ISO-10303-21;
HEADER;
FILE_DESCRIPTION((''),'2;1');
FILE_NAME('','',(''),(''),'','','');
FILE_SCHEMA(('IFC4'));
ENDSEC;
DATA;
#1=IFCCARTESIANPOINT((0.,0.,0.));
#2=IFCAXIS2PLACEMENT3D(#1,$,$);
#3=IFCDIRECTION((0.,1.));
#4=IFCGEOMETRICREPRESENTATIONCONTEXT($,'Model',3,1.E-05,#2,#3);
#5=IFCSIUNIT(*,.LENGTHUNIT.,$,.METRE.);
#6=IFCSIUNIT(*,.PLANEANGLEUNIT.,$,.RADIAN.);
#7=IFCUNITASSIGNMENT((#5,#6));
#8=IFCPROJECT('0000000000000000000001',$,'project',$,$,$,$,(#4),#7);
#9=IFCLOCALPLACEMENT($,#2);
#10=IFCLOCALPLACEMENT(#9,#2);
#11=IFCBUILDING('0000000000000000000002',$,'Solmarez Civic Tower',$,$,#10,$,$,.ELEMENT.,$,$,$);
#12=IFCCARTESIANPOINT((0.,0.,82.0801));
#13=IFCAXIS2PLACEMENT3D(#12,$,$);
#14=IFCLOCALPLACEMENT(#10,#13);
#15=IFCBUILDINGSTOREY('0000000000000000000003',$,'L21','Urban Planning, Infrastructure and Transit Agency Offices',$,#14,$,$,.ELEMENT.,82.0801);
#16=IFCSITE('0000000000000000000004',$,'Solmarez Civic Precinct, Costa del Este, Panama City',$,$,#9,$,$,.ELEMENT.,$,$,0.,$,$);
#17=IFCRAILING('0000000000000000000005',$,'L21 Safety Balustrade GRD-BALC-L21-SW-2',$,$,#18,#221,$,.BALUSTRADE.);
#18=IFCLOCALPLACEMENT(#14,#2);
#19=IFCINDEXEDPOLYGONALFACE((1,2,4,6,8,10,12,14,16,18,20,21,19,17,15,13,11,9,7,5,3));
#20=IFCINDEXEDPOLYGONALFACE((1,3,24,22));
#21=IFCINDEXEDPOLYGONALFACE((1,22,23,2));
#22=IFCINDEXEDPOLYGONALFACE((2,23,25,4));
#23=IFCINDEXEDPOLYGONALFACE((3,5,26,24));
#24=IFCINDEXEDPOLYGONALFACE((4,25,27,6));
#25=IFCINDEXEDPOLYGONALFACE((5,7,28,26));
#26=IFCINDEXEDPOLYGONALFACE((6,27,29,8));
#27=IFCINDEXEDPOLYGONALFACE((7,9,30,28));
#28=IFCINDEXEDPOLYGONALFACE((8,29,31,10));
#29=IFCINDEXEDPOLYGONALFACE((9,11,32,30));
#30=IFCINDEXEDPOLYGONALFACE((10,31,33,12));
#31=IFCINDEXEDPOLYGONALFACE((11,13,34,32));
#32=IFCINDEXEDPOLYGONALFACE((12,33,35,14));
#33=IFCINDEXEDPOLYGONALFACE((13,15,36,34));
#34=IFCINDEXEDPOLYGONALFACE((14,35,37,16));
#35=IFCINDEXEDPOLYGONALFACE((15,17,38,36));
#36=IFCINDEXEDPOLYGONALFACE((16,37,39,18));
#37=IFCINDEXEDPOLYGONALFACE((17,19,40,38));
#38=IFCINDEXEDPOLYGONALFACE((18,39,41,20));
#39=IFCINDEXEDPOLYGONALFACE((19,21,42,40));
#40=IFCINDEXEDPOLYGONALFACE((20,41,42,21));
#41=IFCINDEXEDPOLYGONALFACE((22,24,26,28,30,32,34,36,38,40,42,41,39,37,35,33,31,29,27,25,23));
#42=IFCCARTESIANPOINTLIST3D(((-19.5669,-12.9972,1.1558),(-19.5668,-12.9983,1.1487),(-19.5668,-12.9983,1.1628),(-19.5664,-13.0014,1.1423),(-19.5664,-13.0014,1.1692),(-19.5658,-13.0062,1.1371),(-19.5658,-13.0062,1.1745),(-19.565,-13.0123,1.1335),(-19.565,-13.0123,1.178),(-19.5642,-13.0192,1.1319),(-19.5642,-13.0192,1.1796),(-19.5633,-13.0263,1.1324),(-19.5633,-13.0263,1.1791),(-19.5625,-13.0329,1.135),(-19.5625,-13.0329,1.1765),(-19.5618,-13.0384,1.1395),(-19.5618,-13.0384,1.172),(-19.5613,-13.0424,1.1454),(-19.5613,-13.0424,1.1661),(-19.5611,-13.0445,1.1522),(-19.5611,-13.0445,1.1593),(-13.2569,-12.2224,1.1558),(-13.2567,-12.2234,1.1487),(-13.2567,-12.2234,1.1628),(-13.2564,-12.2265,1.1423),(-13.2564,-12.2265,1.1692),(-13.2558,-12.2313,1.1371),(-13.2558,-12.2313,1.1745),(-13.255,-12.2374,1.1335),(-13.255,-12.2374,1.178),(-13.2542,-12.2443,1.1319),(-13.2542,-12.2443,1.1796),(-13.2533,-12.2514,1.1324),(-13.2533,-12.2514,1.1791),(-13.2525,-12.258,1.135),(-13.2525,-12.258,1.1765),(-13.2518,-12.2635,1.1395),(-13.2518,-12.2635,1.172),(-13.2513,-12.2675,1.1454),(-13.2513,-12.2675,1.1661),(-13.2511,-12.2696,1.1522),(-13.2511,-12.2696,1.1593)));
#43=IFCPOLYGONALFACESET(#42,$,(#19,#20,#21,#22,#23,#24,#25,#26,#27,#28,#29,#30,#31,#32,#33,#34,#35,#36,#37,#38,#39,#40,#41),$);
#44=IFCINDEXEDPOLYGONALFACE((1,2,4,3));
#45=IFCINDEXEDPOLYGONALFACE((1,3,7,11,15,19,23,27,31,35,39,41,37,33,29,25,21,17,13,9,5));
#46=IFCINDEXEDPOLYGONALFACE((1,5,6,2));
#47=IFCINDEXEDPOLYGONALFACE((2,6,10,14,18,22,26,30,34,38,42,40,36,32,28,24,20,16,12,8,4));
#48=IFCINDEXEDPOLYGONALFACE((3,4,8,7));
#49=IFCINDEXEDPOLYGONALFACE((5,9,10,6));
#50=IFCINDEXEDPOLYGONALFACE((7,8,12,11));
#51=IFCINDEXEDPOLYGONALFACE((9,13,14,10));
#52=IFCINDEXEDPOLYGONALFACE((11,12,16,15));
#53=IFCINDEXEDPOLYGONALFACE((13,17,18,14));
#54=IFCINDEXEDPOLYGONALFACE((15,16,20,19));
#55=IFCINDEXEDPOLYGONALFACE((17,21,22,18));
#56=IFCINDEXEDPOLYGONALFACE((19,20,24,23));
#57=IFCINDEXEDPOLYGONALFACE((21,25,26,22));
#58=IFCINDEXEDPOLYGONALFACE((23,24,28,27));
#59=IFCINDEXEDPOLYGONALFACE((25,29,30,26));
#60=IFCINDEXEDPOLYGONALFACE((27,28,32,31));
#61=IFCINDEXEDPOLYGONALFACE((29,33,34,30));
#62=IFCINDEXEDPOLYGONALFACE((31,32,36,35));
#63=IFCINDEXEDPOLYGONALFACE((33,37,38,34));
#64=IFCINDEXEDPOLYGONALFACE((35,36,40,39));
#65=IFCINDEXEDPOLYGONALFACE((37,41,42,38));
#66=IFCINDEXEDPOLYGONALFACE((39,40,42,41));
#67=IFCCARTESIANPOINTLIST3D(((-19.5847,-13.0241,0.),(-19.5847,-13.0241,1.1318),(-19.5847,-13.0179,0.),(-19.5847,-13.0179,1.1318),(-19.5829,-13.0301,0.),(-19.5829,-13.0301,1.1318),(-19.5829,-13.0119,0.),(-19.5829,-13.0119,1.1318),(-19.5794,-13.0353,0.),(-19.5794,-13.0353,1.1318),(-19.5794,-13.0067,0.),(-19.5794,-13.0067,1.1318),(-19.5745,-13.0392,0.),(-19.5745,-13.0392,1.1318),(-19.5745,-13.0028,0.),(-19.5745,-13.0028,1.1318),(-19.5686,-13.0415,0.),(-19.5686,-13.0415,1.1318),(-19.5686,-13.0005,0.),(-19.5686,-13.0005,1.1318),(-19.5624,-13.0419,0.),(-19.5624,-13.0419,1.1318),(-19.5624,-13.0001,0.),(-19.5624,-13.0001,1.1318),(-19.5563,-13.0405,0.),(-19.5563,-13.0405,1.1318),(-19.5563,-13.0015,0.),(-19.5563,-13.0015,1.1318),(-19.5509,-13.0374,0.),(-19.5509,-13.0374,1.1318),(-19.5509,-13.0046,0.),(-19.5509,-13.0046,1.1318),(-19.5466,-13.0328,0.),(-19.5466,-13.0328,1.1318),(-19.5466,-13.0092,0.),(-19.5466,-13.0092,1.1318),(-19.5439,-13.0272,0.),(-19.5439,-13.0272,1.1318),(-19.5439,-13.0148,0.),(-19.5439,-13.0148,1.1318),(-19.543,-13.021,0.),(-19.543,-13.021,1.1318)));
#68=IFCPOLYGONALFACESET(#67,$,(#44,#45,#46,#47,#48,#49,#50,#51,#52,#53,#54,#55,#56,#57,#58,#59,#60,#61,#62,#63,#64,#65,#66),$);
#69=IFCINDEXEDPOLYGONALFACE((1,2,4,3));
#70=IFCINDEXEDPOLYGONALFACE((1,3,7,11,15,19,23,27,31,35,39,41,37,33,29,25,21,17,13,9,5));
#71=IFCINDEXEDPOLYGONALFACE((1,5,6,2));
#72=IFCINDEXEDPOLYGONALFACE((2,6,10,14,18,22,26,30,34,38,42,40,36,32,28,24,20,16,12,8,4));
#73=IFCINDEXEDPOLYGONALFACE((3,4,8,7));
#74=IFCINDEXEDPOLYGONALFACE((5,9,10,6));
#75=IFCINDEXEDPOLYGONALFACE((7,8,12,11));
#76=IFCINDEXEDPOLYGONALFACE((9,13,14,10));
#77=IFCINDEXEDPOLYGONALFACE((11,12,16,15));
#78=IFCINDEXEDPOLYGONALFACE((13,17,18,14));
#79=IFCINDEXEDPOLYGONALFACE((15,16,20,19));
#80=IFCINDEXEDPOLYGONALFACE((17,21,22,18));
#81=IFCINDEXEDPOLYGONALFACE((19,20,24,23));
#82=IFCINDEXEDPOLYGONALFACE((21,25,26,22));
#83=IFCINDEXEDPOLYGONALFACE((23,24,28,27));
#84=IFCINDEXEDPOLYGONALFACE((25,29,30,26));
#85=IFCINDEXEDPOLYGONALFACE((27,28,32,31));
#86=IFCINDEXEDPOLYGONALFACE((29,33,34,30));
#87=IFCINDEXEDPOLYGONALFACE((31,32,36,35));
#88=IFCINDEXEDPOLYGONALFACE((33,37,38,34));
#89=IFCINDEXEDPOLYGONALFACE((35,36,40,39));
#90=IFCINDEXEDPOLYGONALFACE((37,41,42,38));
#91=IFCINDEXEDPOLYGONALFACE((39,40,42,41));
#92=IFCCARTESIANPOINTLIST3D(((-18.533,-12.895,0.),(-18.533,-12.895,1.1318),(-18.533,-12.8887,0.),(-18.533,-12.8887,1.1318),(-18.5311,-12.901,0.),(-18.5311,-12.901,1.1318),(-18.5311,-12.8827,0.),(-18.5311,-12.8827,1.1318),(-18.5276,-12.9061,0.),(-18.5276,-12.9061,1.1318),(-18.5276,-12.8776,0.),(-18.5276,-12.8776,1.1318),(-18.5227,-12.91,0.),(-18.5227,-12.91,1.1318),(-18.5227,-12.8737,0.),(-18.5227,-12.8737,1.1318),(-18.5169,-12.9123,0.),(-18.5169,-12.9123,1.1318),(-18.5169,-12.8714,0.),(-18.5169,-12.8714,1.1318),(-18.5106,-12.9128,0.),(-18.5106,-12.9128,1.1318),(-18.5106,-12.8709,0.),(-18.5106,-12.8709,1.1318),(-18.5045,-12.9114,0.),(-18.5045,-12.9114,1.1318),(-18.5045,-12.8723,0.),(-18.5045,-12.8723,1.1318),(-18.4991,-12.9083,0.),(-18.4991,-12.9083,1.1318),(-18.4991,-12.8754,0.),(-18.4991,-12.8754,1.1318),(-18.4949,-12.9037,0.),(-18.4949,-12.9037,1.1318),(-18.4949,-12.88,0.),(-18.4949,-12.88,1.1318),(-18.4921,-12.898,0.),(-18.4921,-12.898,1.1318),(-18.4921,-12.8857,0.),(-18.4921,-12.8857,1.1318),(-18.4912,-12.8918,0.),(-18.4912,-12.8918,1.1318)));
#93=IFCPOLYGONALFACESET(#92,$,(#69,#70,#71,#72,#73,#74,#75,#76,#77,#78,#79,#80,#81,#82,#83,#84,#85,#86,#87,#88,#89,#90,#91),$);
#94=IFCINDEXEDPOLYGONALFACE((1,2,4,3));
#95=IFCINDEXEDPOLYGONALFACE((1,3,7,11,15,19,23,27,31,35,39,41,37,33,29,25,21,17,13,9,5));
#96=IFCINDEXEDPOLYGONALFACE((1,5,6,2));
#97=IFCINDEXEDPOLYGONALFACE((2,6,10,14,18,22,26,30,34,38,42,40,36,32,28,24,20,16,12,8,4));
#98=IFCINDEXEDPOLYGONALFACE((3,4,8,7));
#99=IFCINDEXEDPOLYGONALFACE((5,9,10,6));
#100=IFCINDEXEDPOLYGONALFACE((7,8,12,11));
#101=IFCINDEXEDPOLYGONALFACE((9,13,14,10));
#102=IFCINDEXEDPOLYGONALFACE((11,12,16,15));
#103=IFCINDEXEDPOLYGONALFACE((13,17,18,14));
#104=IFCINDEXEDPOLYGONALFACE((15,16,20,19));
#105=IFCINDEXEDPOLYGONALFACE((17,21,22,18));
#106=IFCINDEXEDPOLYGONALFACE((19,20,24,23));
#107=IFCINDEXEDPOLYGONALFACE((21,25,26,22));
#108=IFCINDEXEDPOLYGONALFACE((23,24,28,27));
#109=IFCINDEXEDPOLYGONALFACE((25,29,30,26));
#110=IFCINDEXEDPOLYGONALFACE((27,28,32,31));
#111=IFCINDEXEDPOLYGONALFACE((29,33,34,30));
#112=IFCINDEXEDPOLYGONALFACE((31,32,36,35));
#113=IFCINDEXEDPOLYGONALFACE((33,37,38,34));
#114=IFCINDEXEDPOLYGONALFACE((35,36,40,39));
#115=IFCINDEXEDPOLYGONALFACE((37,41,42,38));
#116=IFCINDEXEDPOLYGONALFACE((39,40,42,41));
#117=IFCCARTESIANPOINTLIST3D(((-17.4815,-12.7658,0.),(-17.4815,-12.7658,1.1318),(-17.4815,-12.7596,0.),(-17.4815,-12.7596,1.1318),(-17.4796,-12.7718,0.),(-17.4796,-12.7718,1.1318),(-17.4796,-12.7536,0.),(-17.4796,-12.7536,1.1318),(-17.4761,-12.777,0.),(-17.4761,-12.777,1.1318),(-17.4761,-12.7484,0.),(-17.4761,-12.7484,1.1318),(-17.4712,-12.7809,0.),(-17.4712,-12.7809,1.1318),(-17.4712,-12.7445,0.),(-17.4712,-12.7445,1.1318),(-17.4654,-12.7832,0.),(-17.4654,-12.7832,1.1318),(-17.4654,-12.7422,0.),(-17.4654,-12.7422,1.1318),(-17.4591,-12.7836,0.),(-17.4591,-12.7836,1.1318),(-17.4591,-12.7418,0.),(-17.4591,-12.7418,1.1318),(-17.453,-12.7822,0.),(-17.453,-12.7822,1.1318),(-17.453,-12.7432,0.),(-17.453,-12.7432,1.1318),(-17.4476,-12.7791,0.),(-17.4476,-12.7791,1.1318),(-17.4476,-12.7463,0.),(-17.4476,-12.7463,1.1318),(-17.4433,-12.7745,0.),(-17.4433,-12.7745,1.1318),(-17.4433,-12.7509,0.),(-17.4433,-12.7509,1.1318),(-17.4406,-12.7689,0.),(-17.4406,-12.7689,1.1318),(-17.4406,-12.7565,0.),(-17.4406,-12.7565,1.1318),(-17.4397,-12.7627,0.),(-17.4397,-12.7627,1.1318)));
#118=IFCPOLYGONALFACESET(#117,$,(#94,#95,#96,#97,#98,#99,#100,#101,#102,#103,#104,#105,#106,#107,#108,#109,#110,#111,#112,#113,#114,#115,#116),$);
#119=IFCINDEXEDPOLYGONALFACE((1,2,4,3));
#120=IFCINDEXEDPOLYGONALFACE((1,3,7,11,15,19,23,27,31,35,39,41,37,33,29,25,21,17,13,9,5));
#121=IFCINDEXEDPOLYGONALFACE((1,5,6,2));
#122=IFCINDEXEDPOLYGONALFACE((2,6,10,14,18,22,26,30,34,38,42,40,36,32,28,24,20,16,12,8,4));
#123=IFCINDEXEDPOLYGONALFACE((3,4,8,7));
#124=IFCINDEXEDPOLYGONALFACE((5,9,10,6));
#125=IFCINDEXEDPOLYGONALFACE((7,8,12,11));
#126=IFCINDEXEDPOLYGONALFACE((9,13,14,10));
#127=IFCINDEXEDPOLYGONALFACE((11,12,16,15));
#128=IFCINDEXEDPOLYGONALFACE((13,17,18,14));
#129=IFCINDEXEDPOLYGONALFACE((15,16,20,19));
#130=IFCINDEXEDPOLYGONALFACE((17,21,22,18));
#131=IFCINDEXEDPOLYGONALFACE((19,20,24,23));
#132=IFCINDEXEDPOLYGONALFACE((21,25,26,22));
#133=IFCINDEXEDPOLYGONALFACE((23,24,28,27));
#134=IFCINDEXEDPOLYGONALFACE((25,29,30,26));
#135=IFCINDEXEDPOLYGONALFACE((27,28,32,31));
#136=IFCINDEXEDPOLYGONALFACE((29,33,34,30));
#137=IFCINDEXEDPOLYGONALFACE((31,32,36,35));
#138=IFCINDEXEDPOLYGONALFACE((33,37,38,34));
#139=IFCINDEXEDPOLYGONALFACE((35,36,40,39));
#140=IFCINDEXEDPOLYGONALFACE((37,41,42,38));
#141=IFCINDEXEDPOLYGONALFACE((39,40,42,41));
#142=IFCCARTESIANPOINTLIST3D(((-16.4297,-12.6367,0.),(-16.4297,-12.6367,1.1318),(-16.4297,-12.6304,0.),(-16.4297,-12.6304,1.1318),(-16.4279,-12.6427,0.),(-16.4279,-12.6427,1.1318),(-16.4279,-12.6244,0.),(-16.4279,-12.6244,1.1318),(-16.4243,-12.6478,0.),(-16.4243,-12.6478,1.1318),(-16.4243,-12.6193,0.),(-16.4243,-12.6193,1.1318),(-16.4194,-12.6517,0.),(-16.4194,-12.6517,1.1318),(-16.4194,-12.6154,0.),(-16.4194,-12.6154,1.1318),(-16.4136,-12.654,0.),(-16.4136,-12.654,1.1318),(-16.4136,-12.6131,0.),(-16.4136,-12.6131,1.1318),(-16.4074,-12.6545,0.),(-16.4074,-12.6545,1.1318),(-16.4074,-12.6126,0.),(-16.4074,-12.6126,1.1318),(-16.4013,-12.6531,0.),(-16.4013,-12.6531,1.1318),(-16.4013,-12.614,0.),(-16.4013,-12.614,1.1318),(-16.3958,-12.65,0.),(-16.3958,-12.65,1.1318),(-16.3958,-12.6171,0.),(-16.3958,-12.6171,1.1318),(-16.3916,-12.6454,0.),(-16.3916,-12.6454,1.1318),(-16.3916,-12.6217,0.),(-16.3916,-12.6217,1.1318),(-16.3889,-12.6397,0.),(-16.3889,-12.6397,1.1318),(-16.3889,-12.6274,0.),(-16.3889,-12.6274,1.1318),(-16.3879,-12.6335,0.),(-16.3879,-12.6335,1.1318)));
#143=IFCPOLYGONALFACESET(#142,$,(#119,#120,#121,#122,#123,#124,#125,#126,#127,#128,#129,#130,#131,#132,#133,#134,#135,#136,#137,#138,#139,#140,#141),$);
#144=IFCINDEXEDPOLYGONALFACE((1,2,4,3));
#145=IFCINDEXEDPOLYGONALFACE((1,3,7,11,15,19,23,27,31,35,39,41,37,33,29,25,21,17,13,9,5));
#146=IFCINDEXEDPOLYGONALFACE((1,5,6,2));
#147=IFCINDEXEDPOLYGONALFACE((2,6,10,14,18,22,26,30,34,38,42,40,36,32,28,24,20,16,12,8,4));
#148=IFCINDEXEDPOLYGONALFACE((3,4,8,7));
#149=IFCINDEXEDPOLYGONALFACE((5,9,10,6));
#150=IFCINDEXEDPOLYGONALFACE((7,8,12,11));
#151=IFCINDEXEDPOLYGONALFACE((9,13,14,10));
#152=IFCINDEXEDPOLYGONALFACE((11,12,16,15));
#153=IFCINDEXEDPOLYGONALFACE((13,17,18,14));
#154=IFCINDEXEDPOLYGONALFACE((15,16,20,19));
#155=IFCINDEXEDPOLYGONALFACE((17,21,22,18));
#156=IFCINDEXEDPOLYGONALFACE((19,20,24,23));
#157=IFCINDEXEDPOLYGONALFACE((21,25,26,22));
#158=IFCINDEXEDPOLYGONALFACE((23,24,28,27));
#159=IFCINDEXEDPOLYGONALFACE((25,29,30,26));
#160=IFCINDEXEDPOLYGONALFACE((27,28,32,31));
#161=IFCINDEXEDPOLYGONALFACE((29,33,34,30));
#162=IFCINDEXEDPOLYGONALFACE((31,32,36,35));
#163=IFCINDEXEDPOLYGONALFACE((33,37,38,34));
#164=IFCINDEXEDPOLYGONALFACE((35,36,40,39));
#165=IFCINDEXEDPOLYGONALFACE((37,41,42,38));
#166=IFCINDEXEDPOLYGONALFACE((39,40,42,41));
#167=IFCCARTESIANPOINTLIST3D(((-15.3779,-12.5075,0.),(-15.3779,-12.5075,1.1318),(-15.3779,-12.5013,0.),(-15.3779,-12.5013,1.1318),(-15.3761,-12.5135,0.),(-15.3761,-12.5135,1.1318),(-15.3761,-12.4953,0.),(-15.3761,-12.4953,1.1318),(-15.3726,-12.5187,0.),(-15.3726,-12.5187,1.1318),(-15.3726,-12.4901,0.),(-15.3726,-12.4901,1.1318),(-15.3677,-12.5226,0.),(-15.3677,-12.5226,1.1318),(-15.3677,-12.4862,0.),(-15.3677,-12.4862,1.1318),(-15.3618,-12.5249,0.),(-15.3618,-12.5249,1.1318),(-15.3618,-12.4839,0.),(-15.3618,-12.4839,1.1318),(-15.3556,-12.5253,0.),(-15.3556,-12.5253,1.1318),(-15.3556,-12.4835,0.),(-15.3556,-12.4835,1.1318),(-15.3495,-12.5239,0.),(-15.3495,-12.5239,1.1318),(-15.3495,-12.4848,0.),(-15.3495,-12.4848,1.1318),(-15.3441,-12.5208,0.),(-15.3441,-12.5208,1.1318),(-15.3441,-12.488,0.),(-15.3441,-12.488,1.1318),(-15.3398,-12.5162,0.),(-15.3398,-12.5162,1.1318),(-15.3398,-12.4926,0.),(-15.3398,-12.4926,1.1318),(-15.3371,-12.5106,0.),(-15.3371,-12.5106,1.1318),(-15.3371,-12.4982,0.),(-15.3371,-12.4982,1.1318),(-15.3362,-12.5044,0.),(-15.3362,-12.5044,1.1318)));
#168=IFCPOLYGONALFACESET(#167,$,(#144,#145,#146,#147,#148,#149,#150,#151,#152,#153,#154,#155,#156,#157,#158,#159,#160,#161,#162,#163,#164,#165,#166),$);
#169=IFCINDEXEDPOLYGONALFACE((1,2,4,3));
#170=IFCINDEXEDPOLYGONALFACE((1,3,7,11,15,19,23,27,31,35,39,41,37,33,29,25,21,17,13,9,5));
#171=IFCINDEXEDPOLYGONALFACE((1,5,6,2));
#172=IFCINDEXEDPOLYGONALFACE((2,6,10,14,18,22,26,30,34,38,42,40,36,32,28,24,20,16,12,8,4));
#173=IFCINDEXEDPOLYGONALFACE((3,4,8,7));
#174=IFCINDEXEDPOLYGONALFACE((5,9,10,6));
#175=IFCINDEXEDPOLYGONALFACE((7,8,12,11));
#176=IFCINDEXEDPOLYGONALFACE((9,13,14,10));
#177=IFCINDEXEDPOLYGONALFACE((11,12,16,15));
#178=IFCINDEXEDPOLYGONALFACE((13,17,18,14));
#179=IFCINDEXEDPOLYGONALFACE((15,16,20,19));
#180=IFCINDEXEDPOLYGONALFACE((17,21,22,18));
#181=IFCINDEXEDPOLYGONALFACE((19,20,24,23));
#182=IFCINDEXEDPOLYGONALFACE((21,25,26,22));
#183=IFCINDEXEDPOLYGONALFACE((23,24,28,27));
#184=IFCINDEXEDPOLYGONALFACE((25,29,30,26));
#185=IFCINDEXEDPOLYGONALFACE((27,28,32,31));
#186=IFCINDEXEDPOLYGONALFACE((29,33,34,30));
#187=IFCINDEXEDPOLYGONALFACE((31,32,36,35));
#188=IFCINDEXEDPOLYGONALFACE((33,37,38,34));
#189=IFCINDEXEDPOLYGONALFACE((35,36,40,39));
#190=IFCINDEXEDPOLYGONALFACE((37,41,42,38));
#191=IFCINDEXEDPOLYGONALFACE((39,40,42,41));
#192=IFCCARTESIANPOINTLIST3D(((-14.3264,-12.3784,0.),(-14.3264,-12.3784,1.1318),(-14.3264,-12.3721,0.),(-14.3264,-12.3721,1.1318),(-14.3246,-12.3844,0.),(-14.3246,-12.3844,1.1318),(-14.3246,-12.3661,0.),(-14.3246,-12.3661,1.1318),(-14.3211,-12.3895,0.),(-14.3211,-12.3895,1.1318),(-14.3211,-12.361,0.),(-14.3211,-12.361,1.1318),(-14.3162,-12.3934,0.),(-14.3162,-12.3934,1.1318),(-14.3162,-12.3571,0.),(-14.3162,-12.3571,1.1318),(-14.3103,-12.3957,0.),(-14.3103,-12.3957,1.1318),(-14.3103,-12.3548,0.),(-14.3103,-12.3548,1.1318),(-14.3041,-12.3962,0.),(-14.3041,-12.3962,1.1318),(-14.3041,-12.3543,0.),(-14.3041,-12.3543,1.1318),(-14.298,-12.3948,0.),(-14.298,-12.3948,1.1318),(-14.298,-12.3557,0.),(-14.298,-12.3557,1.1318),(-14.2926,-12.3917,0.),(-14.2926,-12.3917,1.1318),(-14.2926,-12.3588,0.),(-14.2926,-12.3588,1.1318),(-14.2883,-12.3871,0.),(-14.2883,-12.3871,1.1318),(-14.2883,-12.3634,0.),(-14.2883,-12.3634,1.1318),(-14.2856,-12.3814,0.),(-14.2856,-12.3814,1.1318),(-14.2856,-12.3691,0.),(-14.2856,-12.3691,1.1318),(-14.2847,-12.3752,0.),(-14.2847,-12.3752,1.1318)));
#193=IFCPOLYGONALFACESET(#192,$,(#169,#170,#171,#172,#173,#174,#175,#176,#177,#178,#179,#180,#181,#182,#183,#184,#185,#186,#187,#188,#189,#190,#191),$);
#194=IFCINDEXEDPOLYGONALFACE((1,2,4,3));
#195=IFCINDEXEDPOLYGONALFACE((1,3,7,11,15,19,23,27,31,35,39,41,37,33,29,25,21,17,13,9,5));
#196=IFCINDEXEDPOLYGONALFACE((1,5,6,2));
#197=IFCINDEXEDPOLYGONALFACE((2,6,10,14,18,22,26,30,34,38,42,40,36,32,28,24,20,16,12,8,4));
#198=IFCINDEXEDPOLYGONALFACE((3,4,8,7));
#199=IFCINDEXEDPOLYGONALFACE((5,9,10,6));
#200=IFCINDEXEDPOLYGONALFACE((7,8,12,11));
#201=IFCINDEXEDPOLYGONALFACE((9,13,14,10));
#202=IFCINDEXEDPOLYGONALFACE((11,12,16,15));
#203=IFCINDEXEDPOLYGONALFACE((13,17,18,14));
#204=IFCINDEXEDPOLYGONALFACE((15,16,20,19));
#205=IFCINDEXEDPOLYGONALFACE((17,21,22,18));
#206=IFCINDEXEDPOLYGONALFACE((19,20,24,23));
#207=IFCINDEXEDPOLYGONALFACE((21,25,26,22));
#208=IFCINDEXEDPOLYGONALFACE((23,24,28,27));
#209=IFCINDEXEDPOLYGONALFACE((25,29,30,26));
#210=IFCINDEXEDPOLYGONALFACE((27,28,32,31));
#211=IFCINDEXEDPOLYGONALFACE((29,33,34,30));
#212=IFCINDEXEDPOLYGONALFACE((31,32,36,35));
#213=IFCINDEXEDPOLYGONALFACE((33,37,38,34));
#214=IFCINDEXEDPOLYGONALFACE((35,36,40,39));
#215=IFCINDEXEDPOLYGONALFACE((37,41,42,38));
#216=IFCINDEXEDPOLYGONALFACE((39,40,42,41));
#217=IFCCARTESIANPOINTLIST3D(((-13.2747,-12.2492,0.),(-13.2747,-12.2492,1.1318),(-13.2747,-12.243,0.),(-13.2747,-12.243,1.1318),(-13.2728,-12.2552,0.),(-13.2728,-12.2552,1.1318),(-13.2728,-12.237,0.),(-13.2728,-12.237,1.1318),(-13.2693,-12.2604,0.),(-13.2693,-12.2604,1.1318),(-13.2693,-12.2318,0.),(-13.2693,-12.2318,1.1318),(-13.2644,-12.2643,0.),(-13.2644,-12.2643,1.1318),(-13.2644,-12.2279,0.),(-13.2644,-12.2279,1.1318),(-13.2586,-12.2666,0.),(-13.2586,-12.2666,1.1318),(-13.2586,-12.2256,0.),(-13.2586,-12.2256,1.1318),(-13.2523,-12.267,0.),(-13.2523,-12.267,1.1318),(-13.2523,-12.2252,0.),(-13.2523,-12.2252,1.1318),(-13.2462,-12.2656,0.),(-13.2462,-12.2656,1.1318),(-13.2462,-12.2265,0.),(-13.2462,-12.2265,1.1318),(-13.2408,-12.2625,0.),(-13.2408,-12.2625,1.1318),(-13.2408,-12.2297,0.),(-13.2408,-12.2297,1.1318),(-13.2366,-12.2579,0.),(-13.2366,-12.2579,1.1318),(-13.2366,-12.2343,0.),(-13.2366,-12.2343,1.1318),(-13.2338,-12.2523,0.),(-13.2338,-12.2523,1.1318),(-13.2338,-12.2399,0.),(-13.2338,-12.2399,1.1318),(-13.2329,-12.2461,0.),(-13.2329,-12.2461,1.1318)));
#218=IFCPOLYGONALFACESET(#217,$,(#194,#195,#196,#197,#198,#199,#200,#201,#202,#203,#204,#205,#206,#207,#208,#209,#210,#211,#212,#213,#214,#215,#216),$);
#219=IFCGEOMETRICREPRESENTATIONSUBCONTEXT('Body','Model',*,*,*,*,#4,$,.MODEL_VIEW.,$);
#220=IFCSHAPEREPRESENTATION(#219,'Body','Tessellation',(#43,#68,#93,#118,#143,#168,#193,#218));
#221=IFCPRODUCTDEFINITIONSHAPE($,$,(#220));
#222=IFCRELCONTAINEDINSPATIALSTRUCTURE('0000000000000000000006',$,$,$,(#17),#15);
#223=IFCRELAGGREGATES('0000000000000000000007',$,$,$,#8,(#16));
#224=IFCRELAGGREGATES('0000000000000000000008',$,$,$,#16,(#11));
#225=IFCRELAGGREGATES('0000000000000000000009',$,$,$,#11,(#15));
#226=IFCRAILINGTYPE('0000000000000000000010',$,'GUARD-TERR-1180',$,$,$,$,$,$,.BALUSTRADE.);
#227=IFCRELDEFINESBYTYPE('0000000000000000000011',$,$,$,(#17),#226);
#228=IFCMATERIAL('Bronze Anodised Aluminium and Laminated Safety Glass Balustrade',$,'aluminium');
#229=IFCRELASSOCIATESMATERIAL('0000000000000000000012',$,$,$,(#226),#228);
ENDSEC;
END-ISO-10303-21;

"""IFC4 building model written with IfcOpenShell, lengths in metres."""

from ifc_helpers import new_model, si_unit, direction, frame, origin, origin_2d, place, context, subcontext, project, spatial, circle, extrude, material, type_object, element, save


model = new_model("IFC4")

# Units and contexts
model_context = context("Model", 3, precision=1e-05, world=origin(), true_north=direction((0.0, 1.0)))
body_context = subcontext(model_context, "Body", "Model", "MODEL_VIEW")
ifc_project = project(units=[si_unit("LENGTHUNIT", "METRE"), si_unit("PLANEANGLEUNIT", "RADIAN")], contexts=[model_context])

# Site, building, storey
site_placement = place(None, origin())
site = spatial("IfcSite", under=ifc_project, at=site_placement, Name="Solmarez Civic Precinct, Costa del Este, Panama City", CompositionType="ELEMENT", RefElevation=0.0)
building_placement = place(site_placement, origin())
building = spatial("IfcBuilding", under=site, at=building_placement, Name="Solmarez Civic Tower", CompositionType="ELEMENT")
storey_placement = place(building_placement, frame((0.0, 0.0, 82.0801)))
storey = spatial("IfcBuildingStorey", under=building, at=storey_placement, Name="L21", Description="Urban Planning, Infrastructure and Transit Agency Offices", CompositionType="ELEMENT", Elevation=82.0801)

# Railing
ifc_material_1 = material(Name="Bronze Anodised Aluminium and Laminated Safety Glass Balustrade", Category="aluminium")
railing_type = type_object("IfcRailingType", Name="GUARD-TERR-1180", PredefinedType="BALUSTRADE", material=ifc_material_1)
railing_1_placement = place(storey_placement, frame((-19.564, -13.021, 0.0)))
element("IfcRailing", 1, at=railing_1_placement, inside=storey, type_object=railing_type, Name="L21 Safety Balustrade GRD-BALC-L21-SW-2", PredefinedType="BALUSTRADE", context=body_context, shape_type="SweptSolid", body=[
    extrude(circle(Radius=0.0239, at=origin_2d()), frame((0.0, 0.0, 1.1558), z_axis=(0.992544, 0.121889, 0.0), x_axis=(-0.121889, 0.992544, 0.0)), (0.0, 0.0, 1.0), 6.3574),
    extrude(circle(Radius=0.021, at=origin_2d()), origin(), (0.0, 0.0, 1.0), 1.1318),
    extrude(circle(Radius=0.021, at=origin_2d()), frame((1.0518, 0.1292, 0.0)), (0.0, 0.0, 1.0), 1.1318),
    extrude(circle(Radius=0.021, at=origin_2d()), frame((2.1033, 0.2583, 0.0)), (0.0, 0.0, 1.0), 1.1318),
    extrude(circle(Radius=0.021, at=origin_2d()), frame((3.155, 0.3875, 0.0)), (0.0, 0.0, 1.0), 1.1318),
    extrude(circle(Radius=0.021, at=origin_2d()), frame((4.2068, 0.5166, 0.0)), (0.0, 0.0, 1.0), 1.1318),
    extrude(circle(Radius=0.021, at=origin_2d()), frame((5.2583, 0.6458, 0.0)), (0.0, 0.0, 1.0), 1.1318),
    extrude(circle(Radius=0.021, at=origin_2d()), frame((6.3101, 0.7749, 0.0)), (0.0, 0.0, 1.0), 1.1318),
])

save(model, "model.ifc")
